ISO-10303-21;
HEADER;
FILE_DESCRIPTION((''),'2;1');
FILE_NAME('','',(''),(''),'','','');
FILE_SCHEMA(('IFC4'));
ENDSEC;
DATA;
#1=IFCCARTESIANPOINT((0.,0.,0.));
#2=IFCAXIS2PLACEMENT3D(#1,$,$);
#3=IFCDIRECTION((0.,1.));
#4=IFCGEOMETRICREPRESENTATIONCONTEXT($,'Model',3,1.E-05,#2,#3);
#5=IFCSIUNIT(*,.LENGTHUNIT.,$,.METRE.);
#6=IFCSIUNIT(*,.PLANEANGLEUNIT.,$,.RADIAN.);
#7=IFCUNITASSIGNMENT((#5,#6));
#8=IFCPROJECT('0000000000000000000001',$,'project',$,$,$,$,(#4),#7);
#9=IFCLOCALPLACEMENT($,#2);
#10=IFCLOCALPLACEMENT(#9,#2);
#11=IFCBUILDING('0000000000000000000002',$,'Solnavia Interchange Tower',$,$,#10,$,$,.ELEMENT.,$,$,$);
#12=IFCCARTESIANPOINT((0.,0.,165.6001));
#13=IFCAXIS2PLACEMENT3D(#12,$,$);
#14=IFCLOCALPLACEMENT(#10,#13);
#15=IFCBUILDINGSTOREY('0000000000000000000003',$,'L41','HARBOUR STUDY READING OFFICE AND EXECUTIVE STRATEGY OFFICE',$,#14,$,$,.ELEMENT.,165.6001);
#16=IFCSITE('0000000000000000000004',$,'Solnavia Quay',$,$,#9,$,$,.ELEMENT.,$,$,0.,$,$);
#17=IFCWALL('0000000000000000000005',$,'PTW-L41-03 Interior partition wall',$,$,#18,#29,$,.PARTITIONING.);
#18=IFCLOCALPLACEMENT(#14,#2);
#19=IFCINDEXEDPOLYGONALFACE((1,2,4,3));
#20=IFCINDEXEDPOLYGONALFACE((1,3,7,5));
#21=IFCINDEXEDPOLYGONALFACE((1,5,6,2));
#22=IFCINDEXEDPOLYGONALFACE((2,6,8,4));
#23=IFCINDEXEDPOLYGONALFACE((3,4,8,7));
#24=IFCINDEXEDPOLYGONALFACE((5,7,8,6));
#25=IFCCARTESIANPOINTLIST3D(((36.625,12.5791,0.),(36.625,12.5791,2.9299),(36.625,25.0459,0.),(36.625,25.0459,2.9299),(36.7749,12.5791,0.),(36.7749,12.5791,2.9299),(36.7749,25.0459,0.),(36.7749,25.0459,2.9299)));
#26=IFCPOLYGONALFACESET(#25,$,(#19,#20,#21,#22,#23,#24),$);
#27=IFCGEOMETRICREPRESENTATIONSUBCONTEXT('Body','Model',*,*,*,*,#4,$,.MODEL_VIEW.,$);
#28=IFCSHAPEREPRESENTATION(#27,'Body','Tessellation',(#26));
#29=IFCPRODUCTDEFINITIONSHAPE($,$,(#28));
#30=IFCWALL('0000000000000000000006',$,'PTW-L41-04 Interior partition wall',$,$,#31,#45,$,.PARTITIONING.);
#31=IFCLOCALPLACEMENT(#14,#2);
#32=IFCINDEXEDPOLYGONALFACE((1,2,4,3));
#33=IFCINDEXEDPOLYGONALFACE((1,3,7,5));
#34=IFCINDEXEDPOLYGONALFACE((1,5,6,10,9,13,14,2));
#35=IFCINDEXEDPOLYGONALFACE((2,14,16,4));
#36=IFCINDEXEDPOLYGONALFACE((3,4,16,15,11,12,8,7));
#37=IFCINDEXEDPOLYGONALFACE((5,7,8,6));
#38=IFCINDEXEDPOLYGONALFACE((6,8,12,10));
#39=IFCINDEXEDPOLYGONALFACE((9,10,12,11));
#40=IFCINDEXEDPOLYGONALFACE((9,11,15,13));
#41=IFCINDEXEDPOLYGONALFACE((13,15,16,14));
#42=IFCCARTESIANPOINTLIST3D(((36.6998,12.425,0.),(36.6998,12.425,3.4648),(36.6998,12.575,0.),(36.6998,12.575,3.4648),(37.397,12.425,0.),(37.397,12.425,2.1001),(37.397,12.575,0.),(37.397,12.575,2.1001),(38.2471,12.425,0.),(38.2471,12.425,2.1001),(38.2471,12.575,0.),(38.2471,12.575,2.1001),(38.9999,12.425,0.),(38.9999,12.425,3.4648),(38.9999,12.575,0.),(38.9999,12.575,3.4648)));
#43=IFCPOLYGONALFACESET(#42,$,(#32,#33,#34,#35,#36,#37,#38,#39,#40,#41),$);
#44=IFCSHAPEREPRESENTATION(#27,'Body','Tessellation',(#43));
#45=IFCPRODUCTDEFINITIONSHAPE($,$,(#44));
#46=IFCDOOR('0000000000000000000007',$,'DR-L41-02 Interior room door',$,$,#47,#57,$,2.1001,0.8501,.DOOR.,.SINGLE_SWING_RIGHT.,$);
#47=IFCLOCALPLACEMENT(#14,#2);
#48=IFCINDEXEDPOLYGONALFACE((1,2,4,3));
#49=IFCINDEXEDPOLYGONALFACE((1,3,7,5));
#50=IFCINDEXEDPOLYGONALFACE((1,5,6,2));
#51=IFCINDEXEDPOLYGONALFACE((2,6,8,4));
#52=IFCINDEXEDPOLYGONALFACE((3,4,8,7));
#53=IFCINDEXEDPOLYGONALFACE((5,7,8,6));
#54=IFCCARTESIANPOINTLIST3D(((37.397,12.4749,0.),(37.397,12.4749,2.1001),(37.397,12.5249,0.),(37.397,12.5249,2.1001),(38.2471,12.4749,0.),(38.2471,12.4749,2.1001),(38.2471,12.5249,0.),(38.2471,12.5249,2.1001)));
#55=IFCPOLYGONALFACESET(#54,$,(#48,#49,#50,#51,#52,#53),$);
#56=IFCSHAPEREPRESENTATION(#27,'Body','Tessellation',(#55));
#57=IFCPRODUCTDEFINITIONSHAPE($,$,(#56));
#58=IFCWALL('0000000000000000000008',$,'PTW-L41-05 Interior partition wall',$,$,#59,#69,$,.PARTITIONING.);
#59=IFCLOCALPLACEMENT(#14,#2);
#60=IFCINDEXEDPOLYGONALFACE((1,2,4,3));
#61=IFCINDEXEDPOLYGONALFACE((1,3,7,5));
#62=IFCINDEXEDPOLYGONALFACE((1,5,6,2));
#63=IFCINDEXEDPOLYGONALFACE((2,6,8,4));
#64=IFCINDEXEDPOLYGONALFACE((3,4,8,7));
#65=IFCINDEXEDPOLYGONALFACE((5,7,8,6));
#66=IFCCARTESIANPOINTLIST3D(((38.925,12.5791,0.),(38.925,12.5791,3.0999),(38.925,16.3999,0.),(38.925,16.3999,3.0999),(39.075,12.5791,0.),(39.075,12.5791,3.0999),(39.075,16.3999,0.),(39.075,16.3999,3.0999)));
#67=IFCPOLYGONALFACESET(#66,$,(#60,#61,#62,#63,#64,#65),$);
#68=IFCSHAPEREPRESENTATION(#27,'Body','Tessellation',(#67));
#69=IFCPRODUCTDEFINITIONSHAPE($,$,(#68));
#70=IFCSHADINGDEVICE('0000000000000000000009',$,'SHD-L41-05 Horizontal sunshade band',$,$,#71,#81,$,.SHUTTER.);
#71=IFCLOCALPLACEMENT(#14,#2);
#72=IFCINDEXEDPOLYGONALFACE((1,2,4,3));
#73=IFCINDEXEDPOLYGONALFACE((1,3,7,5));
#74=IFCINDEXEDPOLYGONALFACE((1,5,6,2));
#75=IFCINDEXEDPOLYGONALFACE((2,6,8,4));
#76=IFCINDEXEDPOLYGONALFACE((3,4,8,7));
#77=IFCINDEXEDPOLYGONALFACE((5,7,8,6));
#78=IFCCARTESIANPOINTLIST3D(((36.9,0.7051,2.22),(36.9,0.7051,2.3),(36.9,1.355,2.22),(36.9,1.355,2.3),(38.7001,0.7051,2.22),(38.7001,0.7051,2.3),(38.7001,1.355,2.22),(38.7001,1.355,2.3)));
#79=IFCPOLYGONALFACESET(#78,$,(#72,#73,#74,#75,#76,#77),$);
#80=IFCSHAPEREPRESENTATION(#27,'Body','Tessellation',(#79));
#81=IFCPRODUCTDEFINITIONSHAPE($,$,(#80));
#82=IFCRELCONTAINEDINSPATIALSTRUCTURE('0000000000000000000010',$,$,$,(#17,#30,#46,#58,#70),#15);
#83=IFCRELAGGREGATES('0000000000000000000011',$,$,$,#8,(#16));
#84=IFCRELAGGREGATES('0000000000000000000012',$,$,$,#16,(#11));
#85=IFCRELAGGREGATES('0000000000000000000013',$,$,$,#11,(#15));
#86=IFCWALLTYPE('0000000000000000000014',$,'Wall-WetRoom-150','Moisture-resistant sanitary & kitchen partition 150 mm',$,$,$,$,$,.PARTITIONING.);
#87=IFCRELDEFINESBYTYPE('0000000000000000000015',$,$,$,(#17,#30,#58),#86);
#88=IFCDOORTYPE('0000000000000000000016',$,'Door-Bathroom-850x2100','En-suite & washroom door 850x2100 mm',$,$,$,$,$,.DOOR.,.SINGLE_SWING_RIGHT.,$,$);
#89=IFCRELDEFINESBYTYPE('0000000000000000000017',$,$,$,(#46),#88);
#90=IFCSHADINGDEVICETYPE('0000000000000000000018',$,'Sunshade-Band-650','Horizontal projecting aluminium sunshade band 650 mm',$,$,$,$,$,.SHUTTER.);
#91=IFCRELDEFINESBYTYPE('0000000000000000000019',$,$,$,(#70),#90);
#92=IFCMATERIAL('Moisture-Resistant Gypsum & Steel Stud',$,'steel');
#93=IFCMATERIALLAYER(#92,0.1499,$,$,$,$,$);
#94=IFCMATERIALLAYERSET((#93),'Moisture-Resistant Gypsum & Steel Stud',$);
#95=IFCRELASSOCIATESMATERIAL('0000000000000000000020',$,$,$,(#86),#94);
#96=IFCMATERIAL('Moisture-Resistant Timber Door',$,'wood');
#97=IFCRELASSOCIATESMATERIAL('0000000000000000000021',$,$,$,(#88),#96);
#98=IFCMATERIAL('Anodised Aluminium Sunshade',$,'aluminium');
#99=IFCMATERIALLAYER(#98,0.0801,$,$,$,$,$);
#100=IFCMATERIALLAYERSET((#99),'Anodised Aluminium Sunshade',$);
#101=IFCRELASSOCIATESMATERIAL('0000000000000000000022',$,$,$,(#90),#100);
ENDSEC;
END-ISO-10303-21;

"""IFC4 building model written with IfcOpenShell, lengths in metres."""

from ifc_helpers import new_model, si_unit, direction, frame, frame_2d, origin, origin_2d, place, context, subcontext, project, spatial, rectangle, extrude, material, layer, layer_set, type_object, element, fill, save


model = new_model("IFC4")

# Units and contexts
model_context = context("Model", 3, precision=1e-05, world=origin(), true_north=direction((0.0, 1.0)))
body_context = subcontext(model_context, "Body", "Model", "MODEL_VIEW")
ifc_project = project(units=[si_unit("LENGTHUNIT", "METRE"), si_unit("PLANEANGLEUNIT", "RADIAN")], contexts=[model_context])

# Site, building, storey
site_placement = place(None, origin())
site = spatial("IfcSite", under=ifc_project, at=site_placement, Name="Solnavia Quay", CompositionType="ELEMENT", RefElevation=0.0)
building_placement = place(site_placement, origin())
building = spatial("IfcBuilding", under=site, at=building_placement, Name="Solnavia Interchange Tower", CompositionType="ELEMENT")
storey_placement = place(building_placement, frame((0.0, 0.0, 165.6001)))
storey = spatial("IfcBuildingStorey", under=building, at=storey_placement, Name="L41", Description="HARBOUR STUDY READING OFFICE AND EXECUTIVE STRATEGY OFFICE", CompositionType="ELEMENT", Elevation=165.6001)

# Shared definitions
ifc_material_1 = material(Name="Moisture-Resistant Gypsum & Steel Stud", Category="steel")
ifc_layer_1 = layer(ifc_material_1, 0.1499)
ifc_layer_set_1 = layer_set([ifc_layer_1], Name="Moisture-Resistant Gypsum & Steel Stud")
wall_type_1 = type_object("IfcWallType", Name="Wall-WetRoom-150", Description="Moisture-resistant sanitary & kitchen partition 150 mm", PredefinedType="PARTITIONING", material=ifc_layer_set_1)

# Shared definitions
ifc_material_2 = material(Name="Moisture-Resistant Timber Door", Category="wood")
door_type_1 = type_object("IfcDoorType", Name="Door-Bathroom-850x2100", Description="En-suite & washroom door 850x2100 mm", OperationType="SINGLE_SWING_RIGHT", PredefinedType="DOOR", material=ifc_material_2)

# Wall
wall_1_placement = place(storey_placement, frame((36.7, 12.5791, 0.0), z_axis=(0.0, 0.0, 1.0), x_axis=(0.0, 1.0, 0.0)))
element("IfcWall", 1, at=wall_1_placement, inside=storey, type_object=wall_type_1, Name="PTW-L41-03 Interior partition wall", PredefinedType="PARTITIONING", context=body_context, shape_type="SweptSolid", body=[
    extrude(rectangle(XDim=12.4668, YDim=0.1499, at=frame_2d((6.2334, 0.0))), origin(), (0.0, 0.0, 1.0), 2.9299),
])

# Wall, opening, door
wall_2_placement = place(storey_placement, frame((36.7, 12.5, 0.0), z_axis=(0.0, 0.0, 1.0), x_axis=(1.0, 0.0, 0.0)))
wall_2 = element("IfcWall", 2, at=wall_2_placement, inside=storey, type_object=wall_type_1, Name="PTW-L41-04 Interior partition wall", PredefinedType="PARTITIONING", context=body_context, shape_type="SweptSolid", body=[
    extrude(rectangle(XDim=2.3, YDim=0.1499, at=frame_2d((1.1499, 0.0))), origin(), (0.0, 0.0, 1.0), 3.4648),
])
opening_1_placement = place(wall_2_placement, frame((0.697, 0.0, 0.0)))
opening_1 = element("IfcOpeningElement", 3, at=opening_1_placement, cuts=wall_2, PredefinedType="OPENING", context=body_context, shape_type="SweptSolid", body=[
    extrude(rectangle(XDim=0.8501, YDim=2.1001, at=frame_2d((0.425, 1.05))), frame((0.0, 0.085, 0.0), z_axis=(0.0, -1.0, 0.0), x_axis=(1.0, 0.0, 0.0)), (0.0, 0.0, 1.0), 0.1699),
])
door_1_placement = place(opening_1_placement, origin())
door_1 = element("IfcDoor", 4, at=door_1_placement, inside=storey, type_object=door_type_1, Name="DR-L41-02 Interior room door", OperationType="SINGLE_SWING_RIGHT", OverallHeight=2.1001, OverallWidth=0.8501, PredefinedType="DOOR", context=body_context, shape_type="SweptSolid", body=[
    extrude(rectangle(XDim=0.8501, YDim=2.1001, at=frame_2d((0.425, 1.05))), frame((0.0, 0.0249, 0.0), z_axis=(0.0, -1.0, 0.0), x_axis=(1.0, 0.0, 0.0)), (0.0, 0.0, 1.0), 0.05),
])
fill(opening_1, door_1)

# Wall
wall_3_placement = place(storey_placement, frame((39.0, 12.5791, 0.0), z_axis=(0.0, 0.0, 1.0), x_axis=(0.0, 1.0, 0.0)))
element("IfcWall", 5, at=wall_3_placement, inside=storey, type_object=wall_type_1, Name="PTW-L41-05 Interior partition wall", PredefinedType="PARTITIONING", context=body_context, shape_type="SweptSolid", body=[
    extrude(rectangle(XDim=3.8208, YDim=0.1499, at=frame_2d((1.9104, 0.0))), origin(), (0.0, 0.0, 1.0), 3.0999),
])

# Shading device
ifc_material_3 = material(Name="Anodised Aluminium Sunshade", Category="aluminium")
ifc_layer_2 = layer(ifc_material_3, 0.0801)
ifc_layer_set_2 = layer_set([ifc_layer_2], Name="Anodised Aluminium Sunshade")
shading_device_type = type_object("IfcShadingDeviceType", Name="Sunshade-Band-650", Description="Horizontal projecting aluminium sunshade band 650 mm", PredefinedType="SHUTTER", material=ifc_layer_set_2)
shading_device_placement = place(storey_placement, frame((37.8, 1.03, 2.22), z_axis=(0.0, 0.0, 1.0), x_axis=(-1.0, 0.0, 0.0)))
element("IfcShadingDevice", 6, at=shading_device_placement, inside=storey, type_object=shading_device_type, Name="SHD-L41-05 Horizontal sunshade band", PredefinedType="SHUTTER", context=body_context, shape_type="SweptSolid", body=[
    extrude(rectangle(XDim=1.8, YDim=0.6499, at=origin_2d()), origin(), (0.0, 0.0, 1.0), 0.0801),
])

save(model, "model.ifc")
